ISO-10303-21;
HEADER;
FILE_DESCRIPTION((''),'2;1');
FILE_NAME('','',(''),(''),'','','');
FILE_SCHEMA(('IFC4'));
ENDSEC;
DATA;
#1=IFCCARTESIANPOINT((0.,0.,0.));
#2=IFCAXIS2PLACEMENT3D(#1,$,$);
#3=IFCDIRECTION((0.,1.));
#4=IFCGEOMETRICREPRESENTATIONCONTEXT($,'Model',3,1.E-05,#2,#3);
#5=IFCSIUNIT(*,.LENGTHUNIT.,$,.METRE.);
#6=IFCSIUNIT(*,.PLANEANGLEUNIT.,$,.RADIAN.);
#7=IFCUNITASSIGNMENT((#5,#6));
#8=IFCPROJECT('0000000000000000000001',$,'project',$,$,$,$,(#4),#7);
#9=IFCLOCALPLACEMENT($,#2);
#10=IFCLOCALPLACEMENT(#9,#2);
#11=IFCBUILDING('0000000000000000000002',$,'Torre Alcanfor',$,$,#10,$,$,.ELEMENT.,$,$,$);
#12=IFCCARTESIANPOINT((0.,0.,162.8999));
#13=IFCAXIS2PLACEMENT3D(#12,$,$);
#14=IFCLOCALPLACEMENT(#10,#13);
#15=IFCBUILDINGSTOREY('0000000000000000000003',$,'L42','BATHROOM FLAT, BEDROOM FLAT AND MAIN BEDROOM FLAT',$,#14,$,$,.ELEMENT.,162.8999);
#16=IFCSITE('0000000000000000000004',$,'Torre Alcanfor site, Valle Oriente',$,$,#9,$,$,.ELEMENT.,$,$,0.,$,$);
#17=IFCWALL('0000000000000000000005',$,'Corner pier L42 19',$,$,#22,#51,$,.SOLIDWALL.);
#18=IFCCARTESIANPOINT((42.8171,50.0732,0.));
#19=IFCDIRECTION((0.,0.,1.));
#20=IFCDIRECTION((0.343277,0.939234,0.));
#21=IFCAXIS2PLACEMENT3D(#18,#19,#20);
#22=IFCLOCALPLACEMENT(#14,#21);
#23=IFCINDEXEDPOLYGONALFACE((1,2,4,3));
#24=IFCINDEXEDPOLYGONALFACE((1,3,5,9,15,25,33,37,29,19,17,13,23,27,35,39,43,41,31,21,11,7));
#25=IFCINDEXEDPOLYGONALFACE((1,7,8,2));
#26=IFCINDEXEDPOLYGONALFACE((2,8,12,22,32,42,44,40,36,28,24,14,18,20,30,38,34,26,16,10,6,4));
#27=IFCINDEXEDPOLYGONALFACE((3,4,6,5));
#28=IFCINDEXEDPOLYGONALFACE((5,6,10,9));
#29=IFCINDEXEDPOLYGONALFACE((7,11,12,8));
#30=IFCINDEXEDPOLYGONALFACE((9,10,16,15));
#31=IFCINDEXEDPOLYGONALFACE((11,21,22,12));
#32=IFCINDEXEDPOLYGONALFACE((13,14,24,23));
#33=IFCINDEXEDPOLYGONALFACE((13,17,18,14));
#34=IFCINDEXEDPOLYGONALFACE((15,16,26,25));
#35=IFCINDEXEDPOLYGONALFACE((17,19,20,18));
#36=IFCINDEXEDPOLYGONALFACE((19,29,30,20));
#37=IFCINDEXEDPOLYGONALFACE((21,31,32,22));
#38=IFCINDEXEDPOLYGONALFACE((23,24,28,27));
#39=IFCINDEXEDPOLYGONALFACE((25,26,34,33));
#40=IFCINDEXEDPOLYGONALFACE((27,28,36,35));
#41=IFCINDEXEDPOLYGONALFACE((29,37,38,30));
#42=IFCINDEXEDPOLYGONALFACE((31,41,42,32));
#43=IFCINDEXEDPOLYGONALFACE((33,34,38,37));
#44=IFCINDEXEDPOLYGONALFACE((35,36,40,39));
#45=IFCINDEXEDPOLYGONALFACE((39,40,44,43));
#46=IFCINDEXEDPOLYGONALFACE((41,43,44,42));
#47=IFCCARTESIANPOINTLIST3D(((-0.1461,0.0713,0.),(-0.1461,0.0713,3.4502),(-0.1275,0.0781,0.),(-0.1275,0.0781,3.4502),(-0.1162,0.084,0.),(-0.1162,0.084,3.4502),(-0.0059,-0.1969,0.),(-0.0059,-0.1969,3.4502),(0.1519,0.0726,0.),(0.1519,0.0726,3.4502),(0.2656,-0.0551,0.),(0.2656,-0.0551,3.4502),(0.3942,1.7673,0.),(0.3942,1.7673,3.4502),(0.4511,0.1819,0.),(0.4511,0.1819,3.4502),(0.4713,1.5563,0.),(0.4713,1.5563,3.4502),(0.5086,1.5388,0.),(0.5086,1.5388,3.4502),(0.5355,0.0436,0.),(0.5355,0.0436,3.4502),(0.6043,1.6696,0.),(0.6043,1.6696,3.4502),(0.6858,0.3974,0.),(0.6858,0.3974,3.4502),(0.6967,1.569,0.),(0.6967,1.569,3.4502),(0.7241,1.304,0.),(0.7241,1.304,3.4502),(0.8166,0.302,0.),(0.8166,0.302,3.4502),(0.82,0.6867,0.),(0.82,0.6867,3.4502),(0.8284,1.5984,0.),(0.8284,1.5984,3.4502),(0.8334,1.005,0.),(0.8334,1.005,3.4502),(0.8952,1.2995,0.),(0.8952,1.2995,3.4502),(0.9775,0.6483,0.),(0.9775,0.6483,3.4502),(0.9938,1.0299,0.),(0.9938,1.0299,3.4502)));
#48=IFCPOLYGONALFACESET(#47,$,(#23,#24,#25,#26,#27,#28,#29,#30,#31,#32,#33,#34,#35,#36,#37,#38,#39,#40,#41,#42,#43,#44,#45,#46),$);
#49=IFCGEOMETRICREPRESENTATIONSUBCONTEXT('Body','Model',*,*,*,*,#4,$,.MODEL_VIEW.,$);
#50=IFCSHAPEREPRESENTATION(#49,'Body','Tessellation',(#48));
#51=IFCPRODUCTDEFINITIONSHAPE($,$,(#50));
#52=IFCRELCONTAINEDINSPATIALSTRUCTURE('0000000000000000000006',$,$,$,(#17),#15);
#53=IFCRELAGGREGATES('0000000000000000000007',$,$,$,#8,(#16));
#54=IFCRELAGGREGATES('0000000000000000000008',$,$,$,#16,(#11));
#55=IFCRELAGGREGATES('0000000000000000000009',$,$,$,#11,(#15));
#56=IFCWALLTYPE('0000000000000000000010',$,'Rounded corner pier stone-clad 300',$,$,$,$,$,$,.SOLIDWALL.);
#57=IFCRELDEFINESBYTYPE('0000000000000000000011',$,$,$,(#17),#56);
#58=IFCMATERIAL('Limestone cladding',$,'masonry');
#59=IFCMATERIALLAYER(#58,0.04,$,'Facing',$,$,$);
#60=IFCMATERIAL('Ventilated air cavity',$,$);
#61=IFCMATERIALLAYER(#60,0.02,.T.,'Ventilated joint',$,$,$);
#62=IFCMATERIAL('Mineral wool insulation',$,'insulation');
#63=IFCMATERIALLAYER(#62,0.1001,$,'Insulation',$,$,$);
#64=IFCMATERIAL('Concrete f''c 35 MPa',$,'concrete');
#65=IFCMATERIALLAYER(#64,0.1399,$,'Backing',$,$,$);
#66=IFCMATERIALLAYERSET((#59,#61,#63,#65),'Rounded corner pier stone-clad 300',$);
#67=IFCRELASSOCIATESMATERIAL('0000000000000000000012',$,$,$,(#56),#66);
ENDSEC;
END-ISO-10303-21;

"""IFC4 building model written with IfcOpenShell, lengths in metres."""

from ifc_helpers import new_model, si_unit, direction, frame, origin, place, context, subcontext, project, spatial, polyline, outline, extrude, material, layer, layer_set, type_object, element, save


model = new_model("IFC4")

# Units and contexts
model_context = context("Model", 3, precision=1e-05, world=origin(), true_north=direction((0.0, 1.0)))
body_context = subcontext(model_context, "Body", "Model", "MODEL_VIEW")
ifc_project = project(units=[si_unit("LENGTHUNIT", "METRE"), si_unit("PLANEANGLEUNIT", "RADIAN")], contexts=[model_context])

# Site, building, storey
site_placement = place(None, origin())
site = spatial("IfcSite", under=ifc_project, at=site_placement, Name="Torre Alcanfor site, Valle Oriente", CompositionType="ELEMENT", RefElevation=0.0)
building_placement = place(site_placement, origin())
building = spatial("IfcBuilding", under=site, at=building_placement, Name="Torre Alcanfor", CompositionType="ELEMENT")
storey_placement = place(building_placement, frame((0.0, 0.0, 162.8999)))
storey = spatial("IfcBuildingStorey", under=building, at=storey_placement, Name="L42", Description="BATHROOM FLAT, BEDROOM FLAT AND MAIN BEDROOM FLAT", CompositionType="ELEMENT", Elevation=162.8999)

# Shared definitions
ifc_material_1 = material(Name="Limestone cladding", Category="masonry")
ifc_material_2 = material(Name="Ventilated air cavity")
ifc_material_3 = material(Name="Mineral wool insulation", Category="insulation")
ifc_material_4 = material(Name="Concrete f'c 35 MPa", Category="concrete")

# Wall
ifc_layer_1 = layer(ifc_material_1, 0.04, Name="Facing")
ifc_layer_2 = layer(ifc_material_2, 0.02, ventilated=True, Name="Ventilated joint")
ifc_layer_3 = layer(ifc_material_3, 0.1001, Name="Insulation")
ifc_layer_4 = layer(ifc_material_4, 0.1399, Name="Backing")
ifc_layer_set_1 = layer_set([ifc_layer_1, ifc_layer_2, ifc_layer_3, ifc_layer_4], Name="Rounded corner pier stone-clad 300")
wall_type_1 = type_object("IfcWallType", Name="Rounded corner pier stone-clad 300", PredefinedType="SOLIDWALL", material=ifc_layer_set_1)
wall_1_placement = place(storey_placement, frame((42.8171, 50.0732, 0.0), z_axis=(0.0, 0.0, 1.0), x_axis=(0.343277, 0.939234, 0.0)))
element("IfcWall", 1, at=wall_1_placement, inside=storey, type_object=wall_type_1, Name="Corner pier L42 19", PredefinedType="SOLIDWALL", context=body_context, shape_type="SweptSolid", body=[
    extrude(outline(polyline([(0.2656, -0.0551), (0.5355, 0.0436), (0.8166, 0.302), (0.9775, 0.6483), (0.9938, 1.0299), (0.8952, 1.2995), (0.8284, 1.5984), (0.6967, 1.569), (0.6043, 1.6696), (0.3942, 1.7673), (0.4713, 1.5563), (0.5086, 1.5388), (0.7241, 1.304), (0.8334, 1.005), (0.82, 0.6867), (0.6858, 0.3974), (0.4511, 0.1819), (0.1519, 0.0726), (-0.1162, 0.084), (-0.1275, 0.0781), (-0.1461, 0.0713), (-0.0059, -0.1969), (0.2656, -0.0551)])), origin(), (0.0, 0.0, 1.0), 3.4502),
])

save(model, "model.ifc")
